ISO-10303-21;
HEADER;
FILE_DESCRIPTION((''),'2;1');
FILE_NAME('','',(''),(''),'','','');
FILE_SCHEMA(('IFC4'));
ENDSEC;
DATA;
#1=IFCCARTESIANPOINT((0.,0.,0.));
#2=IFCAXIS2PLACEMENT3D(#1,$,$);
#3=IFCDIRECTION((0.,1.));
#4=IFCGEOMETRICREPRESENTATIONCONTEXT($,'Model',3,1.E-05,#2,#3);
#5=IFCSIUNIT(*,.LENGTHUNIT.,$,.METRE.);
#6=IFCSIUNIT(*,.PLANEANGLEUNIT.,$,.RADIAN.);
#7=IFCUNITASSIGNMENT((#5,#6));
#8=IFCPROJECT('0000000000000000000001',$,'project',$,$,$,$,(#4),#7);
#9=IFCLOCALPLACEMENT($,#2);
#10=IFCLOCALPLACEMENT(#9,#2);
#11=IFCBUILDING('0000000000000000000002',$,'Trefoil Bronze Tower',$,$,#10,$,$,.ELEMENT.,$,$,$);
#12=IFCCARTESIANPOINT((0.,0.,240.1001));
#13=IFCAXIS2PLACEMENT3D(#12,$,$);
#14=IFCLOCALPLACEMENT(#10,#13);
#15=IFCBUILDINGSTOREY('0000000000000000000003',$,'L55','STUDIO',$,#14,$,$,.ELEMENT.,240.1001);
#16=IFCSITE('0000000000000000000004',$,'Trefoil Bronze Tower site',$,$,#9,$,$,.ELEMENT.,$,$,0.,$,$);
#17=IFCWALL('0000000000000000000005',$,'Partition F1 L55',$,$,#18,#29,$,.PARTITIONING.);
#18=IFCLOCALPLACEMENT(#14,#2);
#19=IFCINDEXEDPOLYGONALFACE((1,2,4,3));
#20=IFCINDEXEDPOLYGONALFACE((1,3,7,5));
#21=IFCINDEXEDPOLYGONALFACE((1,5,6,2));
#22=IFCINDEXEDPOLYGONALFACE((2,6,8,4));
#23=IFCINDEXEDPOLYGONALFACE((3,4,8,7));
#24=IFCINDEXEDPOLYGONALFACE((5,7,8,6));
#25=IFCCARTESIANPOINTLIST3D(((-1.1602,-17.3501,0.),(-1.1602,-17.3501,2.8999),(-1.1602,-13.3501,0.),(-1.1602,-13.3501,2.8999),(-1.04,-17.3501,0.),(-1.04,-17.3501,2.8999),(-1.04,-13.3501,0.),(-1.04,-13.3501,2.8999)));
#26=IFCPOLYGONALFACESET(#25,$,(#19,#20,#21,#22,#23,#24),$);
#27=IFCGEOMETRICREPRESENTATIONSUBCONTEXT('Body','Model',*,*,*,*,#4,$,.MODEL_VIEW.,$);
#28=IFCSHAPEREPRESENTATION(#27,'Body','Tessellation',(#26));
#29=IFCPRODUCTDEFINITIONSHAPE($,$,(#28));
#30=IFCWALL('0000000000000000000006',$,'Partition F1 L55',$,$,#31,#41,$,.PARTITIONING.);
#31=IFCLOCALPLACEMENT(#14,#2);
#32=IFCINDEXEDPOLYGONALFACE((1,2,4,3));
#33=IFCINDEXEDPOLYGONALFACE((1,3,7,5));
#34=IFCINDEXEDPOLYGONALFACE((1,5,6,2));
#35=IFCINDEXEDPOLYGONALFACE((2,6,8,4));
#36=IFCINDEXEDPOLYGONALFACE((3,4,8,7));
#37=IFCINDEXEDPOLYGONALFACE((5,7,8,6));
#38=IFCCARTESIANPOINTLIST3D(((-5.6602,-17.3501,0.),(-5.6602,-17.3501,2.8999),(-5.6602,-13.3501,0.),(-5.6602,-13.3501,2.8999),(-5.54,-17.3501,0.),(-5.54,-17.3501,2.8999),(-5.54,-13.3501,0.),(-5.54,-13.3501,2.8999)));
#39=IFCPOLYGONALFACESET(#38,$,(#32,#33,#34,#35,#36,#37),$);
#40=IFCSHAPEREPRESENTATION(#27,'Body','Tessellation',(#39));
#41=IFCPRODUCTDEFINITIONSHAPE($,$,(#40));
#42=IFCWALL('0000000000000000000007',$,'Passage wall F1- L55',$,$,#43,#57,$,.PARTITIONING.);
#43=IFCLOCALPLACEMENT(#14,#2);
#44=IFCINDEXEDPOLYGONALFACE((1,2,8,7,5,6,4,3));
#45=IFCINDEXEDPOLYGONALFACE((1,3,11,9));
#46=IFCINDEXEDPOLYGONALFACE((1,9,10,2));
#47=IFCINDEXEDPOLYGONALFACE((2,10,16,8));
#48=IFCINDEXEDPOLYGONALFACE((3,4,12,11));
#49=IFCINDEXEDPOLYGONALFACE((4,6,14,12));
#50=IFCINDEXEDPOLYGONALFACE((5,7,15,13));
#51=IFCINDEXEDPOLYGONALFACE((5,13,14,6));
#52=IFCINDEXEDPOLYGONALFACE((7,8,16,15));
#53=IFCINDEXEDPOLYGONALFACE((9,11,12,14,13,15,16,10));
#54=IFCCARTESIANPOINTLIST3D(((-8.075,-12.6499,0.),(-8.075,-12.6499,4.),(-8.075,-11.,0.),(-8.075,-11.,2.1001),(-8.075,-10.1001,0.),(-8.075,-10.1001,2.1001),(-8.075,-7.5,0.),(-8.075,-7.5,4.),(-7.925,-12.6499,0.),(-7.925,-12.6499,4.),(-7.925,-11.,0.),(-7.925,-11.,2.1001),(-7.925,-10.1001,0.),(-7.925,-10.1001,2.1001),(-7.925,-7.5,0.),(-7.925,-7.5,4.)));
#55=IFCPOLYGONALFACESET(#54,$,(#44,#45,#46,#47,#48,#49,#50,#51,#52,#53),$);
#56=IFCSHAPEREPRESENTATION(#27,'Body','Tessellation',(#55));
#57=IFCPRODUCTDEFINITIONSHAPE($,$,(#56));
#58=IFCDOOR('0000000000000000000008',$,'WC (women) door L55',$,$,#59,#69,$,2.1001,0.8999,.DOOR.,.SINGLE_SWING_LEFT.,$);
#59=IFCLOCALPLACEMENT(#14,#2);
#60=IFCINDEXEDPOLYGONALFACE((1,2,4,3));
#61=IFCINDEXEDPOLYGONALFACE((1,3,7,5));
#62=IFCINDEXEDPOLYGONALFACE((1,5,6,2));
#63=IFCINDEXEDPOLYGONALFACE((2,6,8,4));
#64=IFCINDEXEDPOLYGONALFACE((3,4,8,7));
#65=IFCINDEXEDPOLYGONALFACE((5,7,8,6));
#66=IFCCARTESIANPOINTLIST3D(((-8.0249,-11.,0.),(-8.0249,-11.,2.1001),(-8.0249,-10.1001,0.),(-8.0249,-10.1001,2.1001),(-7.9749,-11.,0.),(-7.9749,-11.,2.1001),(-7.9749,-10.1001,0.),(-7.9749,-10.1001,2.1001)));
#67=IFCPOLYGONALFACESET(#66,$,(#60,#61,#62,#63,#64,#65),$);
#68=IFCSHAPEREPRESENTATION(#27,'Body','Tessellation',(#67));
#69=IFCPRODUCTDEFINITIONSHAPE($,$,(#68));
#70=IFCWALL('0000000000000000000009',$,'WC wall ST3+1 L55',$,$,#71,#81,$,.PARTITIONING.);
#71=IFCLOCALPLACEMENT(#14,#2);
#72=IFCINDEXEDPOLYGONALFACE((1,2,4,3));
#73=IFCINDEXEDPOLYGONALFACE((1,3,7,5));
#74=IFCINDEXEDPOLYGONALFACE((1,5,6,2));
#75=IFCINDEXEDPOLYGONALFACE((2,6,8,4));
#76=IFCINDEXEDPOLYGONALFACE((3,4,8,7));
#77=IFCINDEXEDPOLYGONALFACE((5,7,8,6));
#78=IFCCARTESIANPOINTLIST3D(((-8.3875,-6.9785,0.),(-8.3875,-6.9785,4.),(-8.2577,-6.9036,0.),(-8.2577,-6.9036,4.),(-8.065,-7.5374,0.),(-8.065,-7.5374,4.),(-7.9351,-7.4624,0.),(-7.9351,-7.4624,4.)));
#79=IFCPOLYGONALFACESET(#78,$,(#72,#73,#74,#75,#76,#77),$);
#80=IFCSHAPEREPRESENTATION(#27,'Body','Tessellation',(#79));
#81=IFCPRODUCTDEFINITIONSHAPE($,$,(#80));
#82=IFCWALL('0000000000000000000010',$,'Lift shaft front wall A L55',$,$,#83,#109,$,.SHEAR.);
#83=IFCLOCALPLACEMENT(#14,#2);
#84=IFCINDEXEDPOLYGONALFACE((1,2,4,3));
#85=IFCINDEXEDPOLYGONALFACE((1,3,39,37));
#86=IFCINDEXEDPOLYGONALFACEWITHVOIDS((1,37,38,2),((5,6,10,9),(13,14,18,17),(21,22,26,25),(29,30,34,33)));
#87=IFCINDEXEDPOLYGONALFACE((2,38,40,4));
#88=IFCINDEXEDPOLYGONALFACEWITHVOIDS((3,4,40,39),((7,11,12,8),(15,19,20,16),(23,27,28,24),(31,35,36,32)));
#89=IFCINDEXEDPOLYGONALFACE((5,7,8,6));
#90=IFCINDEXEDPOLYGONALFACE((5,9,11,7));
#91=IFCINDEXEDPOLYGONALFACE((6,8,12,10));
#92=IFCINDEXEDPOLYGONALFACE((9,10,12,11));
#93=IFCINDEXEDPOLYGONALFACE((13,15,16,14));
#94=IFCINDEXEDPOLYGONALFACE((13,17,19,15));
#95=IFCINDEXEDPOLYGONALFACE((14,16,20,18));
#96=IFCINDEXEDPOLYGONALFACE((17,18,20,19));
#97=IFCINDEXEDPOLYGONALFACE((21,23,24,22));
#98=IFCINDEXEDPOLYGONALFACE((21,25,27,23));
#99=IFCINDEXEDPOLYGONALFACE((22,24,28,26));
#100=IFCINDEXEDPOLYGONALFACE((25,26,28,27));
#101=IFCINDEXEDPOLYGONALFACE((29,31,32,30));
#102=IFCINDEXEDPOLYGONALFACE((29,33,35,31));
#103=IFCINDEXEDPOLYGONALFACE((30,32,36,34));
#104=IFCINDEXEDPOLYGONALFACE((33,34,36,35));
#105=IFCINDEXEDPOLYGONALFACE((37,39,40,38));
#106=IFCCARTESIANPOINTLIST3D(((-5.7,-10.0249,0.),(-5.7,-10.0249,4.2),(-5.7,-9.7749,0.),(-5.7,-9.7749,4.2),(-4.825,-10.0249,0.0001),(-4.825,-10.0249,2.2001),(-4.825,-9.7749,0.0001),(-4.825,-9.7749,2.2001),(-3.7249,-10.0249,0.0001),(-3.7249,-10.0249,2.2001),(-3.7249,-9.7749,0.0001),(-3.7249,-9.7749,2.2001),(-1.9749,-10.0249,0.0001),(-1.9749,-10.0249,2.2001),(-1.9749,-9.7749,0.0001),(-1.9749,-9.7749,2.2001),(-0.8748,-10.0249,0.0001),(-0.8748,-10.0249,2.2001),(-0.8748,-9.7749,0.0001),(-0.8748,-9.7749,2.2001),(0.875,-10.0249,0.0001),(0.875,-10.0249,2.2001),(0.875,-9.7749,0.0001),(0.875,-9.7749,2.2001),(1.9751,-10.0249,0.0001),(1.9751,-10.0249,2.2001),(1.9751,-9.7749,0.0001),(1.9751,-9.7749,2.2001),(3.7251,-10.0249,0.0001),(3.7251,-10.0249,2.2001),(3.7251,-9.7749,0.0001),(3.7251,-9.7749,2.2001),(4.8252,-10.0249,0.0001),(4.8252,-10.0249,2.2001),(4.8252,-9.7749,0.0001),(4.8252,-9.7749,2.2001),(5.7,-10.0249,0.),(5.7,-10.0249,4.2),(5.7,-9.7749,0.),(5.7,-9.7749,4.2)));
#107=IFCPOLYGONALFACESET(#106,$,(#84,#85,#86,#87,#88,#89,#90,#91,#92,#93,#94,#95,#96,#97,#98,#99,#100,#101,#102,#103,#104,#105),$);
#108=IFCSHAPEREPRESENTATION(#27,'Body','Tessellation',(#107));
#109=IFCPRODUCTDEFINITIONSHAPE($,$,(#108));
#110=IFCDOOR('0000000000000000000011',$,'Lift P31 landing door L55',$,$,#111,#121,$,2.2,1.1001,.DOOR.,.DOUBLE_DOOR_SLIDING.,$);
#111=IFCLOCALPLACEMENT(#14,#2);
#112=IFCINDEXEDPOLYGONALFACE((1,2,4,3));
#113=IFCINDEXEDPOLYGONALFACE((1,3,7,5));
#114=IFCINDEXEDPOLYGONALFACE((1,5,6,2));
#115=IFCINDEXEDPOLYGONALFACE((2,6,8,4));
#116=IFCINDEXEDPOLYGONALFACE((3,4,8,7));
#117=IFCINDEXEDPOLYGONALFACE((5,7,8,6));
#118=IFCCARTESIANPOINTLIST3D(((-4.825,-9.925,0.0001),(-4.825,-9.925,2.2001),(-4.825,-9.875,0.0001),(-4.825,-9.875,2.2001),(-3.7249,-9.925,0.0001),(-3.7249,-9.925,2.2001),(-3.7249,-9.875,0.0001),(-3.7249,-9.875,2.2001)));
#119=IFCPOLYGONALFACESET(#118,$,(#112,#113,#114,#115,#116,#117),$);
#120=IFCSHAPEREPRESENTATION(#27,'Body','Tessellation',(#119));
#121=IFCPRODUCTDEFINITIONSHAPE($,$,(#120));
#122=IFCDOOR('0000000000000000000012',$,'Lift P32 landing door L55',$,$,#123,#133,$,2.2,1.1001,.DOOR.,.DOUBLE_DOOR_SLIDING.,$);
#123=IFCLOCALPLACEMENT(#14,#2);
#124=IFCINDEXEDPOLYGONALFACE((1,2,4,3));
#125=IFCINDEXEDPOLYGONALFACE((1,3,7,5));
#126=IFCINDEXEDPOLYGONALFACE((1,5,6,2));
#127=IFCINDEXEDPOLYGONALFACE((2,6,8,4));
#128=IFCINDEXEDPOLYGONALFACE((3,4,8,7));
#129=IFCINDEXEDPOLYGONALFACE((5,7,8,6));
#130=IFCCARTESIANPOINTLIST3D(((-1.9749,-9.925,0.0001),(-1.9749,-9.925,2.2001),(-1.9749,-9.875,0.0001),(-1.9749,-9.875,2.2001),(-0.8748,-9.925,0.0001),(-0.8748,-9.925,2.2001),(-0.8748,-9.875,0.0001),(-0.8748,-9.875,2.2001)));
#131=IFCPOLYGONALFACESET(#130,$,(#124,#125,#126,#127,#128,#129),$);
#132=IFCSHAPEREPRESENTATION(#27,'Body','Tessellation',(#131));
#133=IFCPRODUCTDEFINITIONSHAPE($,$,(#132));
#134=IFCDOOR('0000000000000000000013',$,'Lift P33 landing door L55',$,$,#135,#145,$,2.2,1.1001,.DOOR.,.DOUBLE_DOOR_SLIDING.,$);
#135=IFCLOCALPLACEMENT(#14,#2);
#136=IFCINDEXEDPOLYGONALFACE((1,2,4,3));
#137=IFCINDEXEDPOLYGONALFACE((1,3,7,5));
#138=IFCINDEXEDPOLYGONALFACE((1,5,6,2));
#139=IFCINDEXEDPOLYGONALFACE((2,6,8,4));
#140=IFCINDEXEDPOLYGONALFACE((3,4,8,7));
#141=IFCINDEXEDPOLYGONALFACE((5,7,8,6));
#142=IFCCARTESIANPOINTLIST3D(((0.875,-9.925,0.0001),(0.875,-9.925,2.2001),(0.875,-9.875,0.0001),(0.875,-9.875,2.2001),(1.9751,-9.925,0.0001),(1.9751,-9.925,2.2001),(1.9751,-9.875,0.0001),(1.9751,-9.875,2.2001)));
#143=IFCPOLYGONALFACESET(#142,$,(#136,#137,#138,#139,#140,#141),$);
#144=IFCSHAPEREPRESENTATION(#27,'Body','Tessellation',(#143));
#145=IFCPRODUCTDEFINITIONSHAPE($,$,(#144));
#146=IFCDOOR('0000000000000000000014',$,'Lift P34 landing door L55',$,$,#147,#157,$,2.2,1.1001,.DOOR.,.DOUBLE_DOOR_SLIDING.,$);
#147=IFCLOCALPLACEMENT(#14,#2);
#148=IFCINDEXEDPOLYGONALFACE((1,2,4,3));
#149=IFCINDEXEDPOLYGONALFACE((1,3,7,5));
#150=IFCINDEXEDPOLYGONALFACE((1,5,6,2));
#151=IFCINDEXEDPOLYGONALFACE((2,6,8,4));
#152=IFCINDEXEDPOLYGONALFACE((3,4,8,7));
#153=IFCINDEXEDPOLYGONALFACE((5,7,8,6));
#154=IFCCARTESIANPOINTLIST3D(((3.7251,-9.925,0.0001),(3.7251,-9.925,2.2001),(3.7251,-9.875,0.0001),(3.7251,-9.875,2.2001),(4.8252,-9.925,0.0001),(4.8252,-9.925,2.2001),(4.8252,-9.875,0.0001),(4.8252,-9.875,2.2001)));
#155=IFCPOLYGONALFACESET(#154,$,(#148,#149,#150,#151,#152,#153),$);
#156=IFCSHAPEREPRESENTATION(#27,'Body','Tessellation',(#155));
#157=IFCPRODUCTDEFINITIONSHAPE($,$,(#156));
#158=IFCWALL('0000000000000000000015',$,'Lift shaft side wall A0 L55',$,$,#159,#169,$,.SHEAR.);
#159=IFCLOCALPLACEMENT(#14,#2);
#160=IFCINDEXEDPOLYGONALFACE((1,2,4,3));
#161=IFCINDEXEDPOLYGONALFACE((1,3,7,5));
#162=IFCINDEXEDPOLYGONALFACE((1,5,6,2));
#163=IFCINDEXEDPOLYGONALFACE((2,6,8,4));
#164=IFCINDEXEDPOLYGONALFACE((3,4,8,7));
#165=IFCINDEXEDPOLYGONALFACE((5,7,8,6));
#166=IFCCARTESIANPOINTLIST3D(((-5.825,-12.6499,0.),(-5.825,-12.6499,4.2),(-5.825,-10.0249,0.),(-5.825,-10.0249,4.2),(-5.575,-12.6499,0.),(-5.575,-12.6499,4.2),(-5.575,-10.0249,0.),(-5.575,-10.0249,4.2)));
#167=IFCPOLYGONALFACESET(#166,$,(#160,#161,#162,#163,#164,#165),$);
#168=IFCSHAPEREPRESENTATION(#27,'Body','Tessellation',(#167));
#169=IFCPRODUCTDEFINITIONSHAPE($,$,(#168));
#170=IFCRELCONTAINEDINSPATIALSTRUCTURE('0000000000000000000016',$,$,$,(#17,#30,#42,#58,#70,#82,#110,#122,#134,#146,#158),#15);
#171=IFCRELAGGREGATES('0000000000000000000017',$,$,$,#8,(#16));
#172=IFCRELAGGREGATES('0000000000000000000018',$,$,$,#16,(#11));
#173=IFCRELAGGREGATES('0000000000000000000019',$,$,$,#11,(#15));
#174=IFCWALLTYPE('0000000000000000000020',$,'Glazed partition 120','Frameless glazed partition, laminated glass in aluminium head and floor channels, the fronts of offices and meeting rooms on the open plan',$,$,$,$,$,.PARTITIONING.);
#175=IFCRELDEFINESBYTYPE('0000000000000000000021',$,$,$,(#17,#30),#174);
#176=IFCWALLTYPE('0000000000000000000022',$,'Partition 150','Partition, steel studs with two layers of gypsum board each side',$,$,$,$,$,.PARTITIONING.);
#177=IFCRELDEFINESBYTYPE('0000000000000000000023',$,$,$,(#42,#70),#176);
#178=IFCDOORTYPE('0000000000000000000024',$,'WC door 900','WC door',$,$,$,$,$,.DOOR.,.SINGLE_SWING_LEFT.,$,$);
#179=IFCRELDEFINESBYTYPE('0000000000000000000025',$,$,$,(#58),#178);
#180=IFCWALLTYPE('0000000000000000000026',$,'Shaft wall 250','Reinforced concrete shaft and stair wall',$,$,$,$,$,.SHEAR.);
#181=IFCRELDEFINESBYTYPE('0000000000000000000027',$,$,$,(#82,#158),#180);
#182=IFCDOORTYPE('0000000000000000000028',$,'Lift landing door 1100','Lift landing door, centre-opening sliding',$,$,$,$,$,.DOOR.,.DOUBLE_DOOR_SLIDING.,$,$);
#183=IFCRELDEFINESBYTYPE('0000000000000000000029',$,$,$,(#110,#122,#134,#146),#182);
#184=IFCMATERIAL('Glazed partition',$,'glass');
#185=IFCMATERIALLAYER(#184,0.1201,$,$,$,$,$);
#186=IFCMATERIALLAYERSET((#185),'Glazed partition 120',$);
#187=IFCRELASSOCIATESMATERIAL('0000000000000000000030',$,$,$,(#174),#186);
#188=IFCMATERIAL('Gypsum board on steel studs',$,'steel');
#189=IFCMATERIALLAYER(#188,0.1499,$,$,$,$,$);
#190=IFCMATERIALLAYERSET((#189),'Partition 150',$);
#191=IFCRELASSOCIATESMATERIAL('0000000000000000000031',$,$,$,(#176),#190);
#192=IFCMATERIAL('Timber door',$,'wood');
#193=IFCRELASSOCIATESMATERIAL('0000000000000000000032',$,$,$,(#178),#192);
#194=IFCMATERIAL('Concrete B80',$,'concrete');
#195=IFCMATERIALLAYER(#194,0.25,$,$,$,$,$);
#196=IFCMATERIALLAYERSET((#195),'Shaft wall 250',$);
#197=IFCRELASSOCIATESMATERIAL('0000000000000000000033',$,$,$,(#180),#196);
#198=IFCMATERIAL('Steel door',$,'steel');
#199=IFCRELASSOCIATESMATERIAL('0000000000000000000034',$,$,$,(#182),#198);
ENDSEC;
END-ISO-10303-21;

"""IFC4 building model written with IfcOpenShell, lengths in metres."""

from ifc_helpers import new_model, si_unit, direction, frame, frame_2d, origin, place, context, subcontext, project, spatial, rectangle, extrude, material, layer, layer_set, type_object, element, fill, save


model = new_model("IFC4")

# Units and contexts
model_context = context("Model", 3, precision=1e-05, world=origin(), true_north=direction((0.0, 1.0)))
body_context = subcontext(model_context, "Body", "Model", "MODEL_VIEW")
ifc_project = project(units=[si_unit("LENGTHUNIT", "METRE"), si_unit("PLANEANGLEUNIT", "RADIAN")], contexts=[model_context])

# Site, building, storey
site_placement = place(None, origin())
site = spatial("IfcSite", under=ifc_project, at=site_placement, Name="Trefoil Bronze Tower site", CompositionType="ELEMENT", RefElevation=0.0)
building_placement = place(site_placement, origin())
building = spatial("IfcBuilding", under=site, at=building_placement, Name="Trefoil Bronze Tower", CompositionType="ELEMENT")
storey_placement = place(building_placement, frame((0.0, 0.0, 240.1001)))
storey = spatial("IfcBuildingStorey", under=building, at=storey_placement, Name="L55", Description="STUDIO", CompositionType="ELEMENT", Elevation=240.1001)

# Walls
ifc_material_1 = material(Name="Glazed partition", Category="glass")
ifc_layer_1 = layer(ifc_material_1, 0.1201)
ifc_layer_set_1 = layer_set([ifc_layer_1], Name="Glazed partition 120")
wall_type_1 = type_object("IfcWallType", Name="Glazed partition 120", Description="Frameless glazed partition, laminated glass in aluminium head and floor channels, the fronts of offices and meeting rooms on the open plan", PredefinedType="PARTITIONING", material=ifc_layer_set_1)
for number, where, z_axis, x_axis, name in (
    (1, (-1.1001, -13.3501, 0.0), (0.0, 0.0, 1.0), (0.0, -1.0, 0.0), "Partition F1 L55"),
    (2, (-5.6001, -13.3501, 0.0), (0.0, 0.0, 1.0), (0.0, -1.0, 0.0), "Partition F1 L55"),
):
    element("IfcWall", number, at=place(storey_placement, frame(where, z_axis=z_axis, x_axis=x_axis)), inside=storey, type_object=wall_type_1, Name=name, PredefinedType="PARTITIONING", context=body_context, shape_type="SweptSolid", body=[
        extrude(rectangle(XDim=4.0, YDim=0.1201, at=frame_2d((2.0, 0.0))), origin(), (0.0, 0.0, 1.0), 2.8999),
    ])

# Wall, opening, door
ifc_material_2 = material(Name="Gypsum board on steel studs", Category="steel")
ifc_layer_2 = layer(ifc_material_2, 0.1499)
ifc_layer_set_2 = layer_set([ifc_layer_2], Name="Partition 150")
wall_type_2 = type_object("IfcWallType", Name="Partition 150", Description="Partition, steel studs with two layers of gypsum board each side", PredefinedType="PARTITIONING", material=ifc_layer_set_2)
wall_1_placement = place(storey_placement, frame((-8.0, -7.5, 0.0), z_axis=(0.0, 0.0, 1.0), x_axis=(0.0, -1.0, 0.0)))
wall_1 = element("IfcWall", 3, at=wall_1_placement, inside=storey, type_object=wall_type_2, Name="Passage wall F1- L55", PredefinedType="PARTITIONING", context=body_context, shape_type="SweptSolid", body=[
    extrude(rectangle(XDim=5.1499, YDim=0.1499, at=frame_2d((2.575, 0.0))), origin(), (0.0, 0.0, 1.0), 4.0),
])
opening_1_placement = place(wall_1_placement, frame((2.6001, 0.0, 0.0)))
opening_1 = element("IfcOpeningElement", 4, at=opening_1_placement, cuts=wall_1, PredefinedType="OPENING", context=body_context, shape_type="SweptSolid", body=[
    extrude(rectangle(XDim=0.8999, YDim=2.1001, at=frame_2d((0.45, 1.05))), frame((0.0, 0.085, 0.0), z_axis=(0.0, -1.0, 0.0), x_axis=(1.0, 0.0, 0.0)), (0.0, 0.0, 1.0), 0.1699),
])
ifc_material_3 = material(Name="Timber door", Category="wood")
door_type_1 = type_object("IfcDoorType", Name="WC door 900", Description="WC door", OperationType="SINGLE_SWING_LEFT", PredefinedType="DOOR", material=ifc_material_3)
door_1_placement = place(opening_1_placement, frame((0.8999, 0.0, 0.0), z_axis=(0.0, 0.0, 1.0), x_axis=(-1.0, 0.0, 0.0)))
door_1 = element("IfcDoor", 5, at=door_1_placement, inside=storey, type_object=door_type_1, Name="WC (women) door L55", OperationType="SINGLE_SWING_LEFT", OverallHeight=2.1001, OverallWidth=0.8999, PredefinedType="DOOR", context=body_context, shape_type="SweptSolid", body=[
    extrude(rectangle(XDim=0.8999, YDim=2.1001, at=frame_2d((0.45, 1.05))), frame((0.0, 0.0249, 0.0), z_axis=(0.0, -1.0, 0.0), x_axis=(1.0, 0.0, 0.0)), (0.0, 0.0, 1.0), 0.05),
])
fill(opening_1, door_1)

# Wall
wall_2_placement = place(storey_placement, frame((-8.0, -7.5, 0.0), z_axis=(0.0, 0.0, 1.0), x_axis=(-0.499843, 0.866116, 0.0)))
element("IfcWall", 6, at=wall_2_placement, inside=storey, type_object=wall_type_2, Name="WC wall ST3+1 L55", PredefinedType="PARTITIONING", context=body_context, shape_type="SweptSolid", body=[
    extrude(rectangle(XDim=0.6453, YDim=0.1499, at=frame_2d((0.3228, 0.0))), origin(), (0.0, 0.0, 1.0), 4.0),
])

# Wall, openings, doors
ifc_material_4 = material(Name="Concrete B80", Category="concrete")
ifc_layer_3 = layer(ifc_material_4, 0.25)
ifc_layer_set_3 = layer_set([ifc_layer_3], Name="Shaft wall 250")
wall_type_3 = type_object("IfcWallType", Name="Shaft wall 250", Description="Reinforced concrete shaft and stair wall", PredefinedType="SHEAR", material=ifc_layer_set_3)
wall_3_placement = place(storey_placement, frame((-5.7, -9.8999, 0.0), z_axis=(0.0, 0.0, 1.0), x_axis=(1.0, 0.0, 0.0)))
wall_3 = element("IfcWall", 7, at=wall_3_placement, inside=storey, type_object=wall_type_3, Name="Lift shaft front wall A L55", PredefinedType="SHEAR", context=body_context, shape_type="SweptSolid", body=[
    extrude(rectangle(XDim=11.3999, YDim=0.25, at=frame_2d((5.7, 0.0))), origin(), (0.0, 0.0, 1.0), 4.2),
])
opening_2_placement = place(wall_3_placement, frame((0.875, 0.0, 0.0)))
opening_2 = element("IfcOpeningElement", 8, at=opening_2_placement, cuts=wall_3, PredefinedType="OPENING", context=body_context, shape_type="SweptSolid", body=[
    extrude(rectangle(XDim=1.1001, YDim=2.2, at=frame_2d((0.55, 1.1001))), frame((0.0, 0.135, 0.0), z_axis=(0.0, -1.0, 0.0), x_axis=(1.0, 0.0, 0.0)), (0.0, 0.0, 1.0), 0.27),
])
opening_3_placement = place(wall_3_placement, frame((3.7251, 0.0, 0.0)))
opening_3 = element("IfcOpeningElement", 9, at=opening_3_placement, cuts=wall_3, PredefinedType="OPENING", context=body_context, shape_type="SweptSolid", body=[
    extrude(rectangle(XDim=1.1001, YDim=2.2, at=frame_2d((0.55, 1.1001))), frame((0.0, 0.135, 0.0), z_axis=(0.0, -1.0, 0.0), x_axis=(1.0, 0.0, 0.0)), (0.0, 0.0, 1.0), 0.27),
])
opening_4_placement = place(wall_3_placement, frame((6.575, 0.0, 0.0)))
opening_4 = element("IfcOpeningElement", 10, at=opening_4_placement, cuts=wall_3, PredefinedType="OPENING", context=body_context, shape_type="SweptSolid", body=[
    extrude(rectangle(XDim=1.1001, YDim=2.2, at=frame_2d((0.55, 1.1001))), frame((0.0, 0.135, 0.0), z_axis=(0.0, -1.0, 0.0), x_axis=(1.0, 0.0, 0.0)), (0.0, 0.0, 1.0), 0.27),
])
opening_5_placement = place(wall_3_placement, frame((9.425, 0.0, 0.0)))
opening_5 = element("IfcOpeningElement", 11, at=opening_5_placement, cuts=wall_3, PredefinedType="OPENING", context=body_context, shape_type="SweptSolid", body=[
    extrude(rectangle(XDim=1.1001, YDim=2.2, at=frame_2d((0.55, 1.1001))), frame((0.0, 0.135, 0.0), z_axis=(0.0, -1.0, 0.0), x_axis=(1.0, 0.0, 0.0)), (0.0, 0.0, 1.0), 0.27),
])
ifc_material_5 = material(Name="Steel door", Category="steel")
door_type_2 = type_object("IfcDoorType", Name="Lift landing door 1100", Description="Lift landing door, centre-opening sliding", OperationType="DOUBLE_DOOR_SLIDING", PredefinedType="DOOR", material=ifc_material_5)
door_2_placement = place(opening_2_placement, origin())
door_2 = element("IfcDoor", 12, at=door_2_placement, inside=storey, type_object=door_type_2, Name="Lift P31 landing door L55", OperationType="DOUBLE_DOOR_SLIDING", OverallHeight=2.2, OverallWidth=1.1001, PredefinedType="DOOR", context=body_context, shape_type="SweptSolid", body=[
    extrude(rectangle(XDim=1.1001, YDim=2.2, at=frame_2d((0.55, 1.1001))), frame((0.0, 0.0249, 0.0), z_axis=(0.0, -1.0, 0.0), x_axis=(1.0, 0.0, 0.0)), (0.0, 0.0, 1.0), 0.05),
])
fill(opening_2, door_2)
door_3_placement = place(opening_3_placement, origin())
door_3 = element("IfcDoor", 13, at=door_3_placement, inside=storey, type_object=door_type_2, Name="Lift P32 landing door L55", OperationType="DOUBLE_DOOR_SLIDING", OverallHeight=2.2, OverallWidth=1.1001, PredefinedType="DOOR", context=body_context, shape_type="SweptSolid", body=[
    extrude(rectangle(XDim=1.1001, YDim=2.2, at=frame_2d((0.55, 1.1001))), frame((0.0, 0.0249, 0.0), z_axis=(0.0, -1.0, 0.0), x_axis=(1.0, 0.0, 0.0)), (0.0, 0.0, 1.0), 0.05),
])
fill(opening_3, door_3)
door_4_placement = place(opening_4_placement, origin())
door_4 = element("IfcDoor", 14, at=door_4_placement, inside=storey, type_object=door_type_2, Name="Lift P33 landing door L55", OperationType="DOUBLE_DOOR_SLIDING", OverallHeight=2.2, OverallWidth=1.1001, PredefinedType="DOOR", context=body_context, shape_type="SweptSolid", body=[
    extrude(rectangle(XDim=1.1001, YDim=2.2, at=frame_2d((0.55, 1.1001))), frame((0.0, 0.0249, 0.0), z_axis=(0.0, -1.0, 0.0), x_axis=(1.0, 0.0, 0.0)), (0.0, 0.0, 1.0), 0.05),
])
fill(opening_4, door_4)
door_5_placement = place(opening_5_placement, origin())
door_5 = element("IfcDoor", 15, at=door_5_placement, inside=storey, type_object=door_type_2, Name="Lift P34 landing door L55", OperationType="DOUBLE_DOOR_SLIDING", OverallHeight=2.2, OverallWidth=1.1001, PredefinedType="DOOR", context=body_context, shape_type="SweptSolid", body=[
    extrude(rectangle(XDim=1.1001, YDim=2.2, at=frame_2d((0.55, 1.1001))), frame((0.0, 0.0249, 0.0), z_axis=(0.0, -1.0, 0.0), x_axis=(1.0, 0.0, 0.0)), (0.0, 0.0, 1.0), 0.05),
])
fill(opening_5, door_5)

# Wall
for number, where, z_axis, x_axis, name in (
    (16, (-5.7, -10.0249, 0.0), (0.0, 0.0, 1.0), (0.0, -1.0, 0.0), "Lift shaft side wall A0 L55"),
):
    element("IfcWall", number, at=place(storey_placement, frame(where, z_axis=z_axis, x_axis=x_axis)), inside=storey, type_object=wall_type_3, Name=name, PredefinedType="SHEAR", context=body_context, shape_type="SweptSolid", body=[
        extrude(rectangle(XDim=2.625, YDim=0.25, at=frame_2d((1.3125, 0.0))), origin(), (0.0, 0.0, 1.0), 4.2),
    ])

save(model, "model.ifc")
